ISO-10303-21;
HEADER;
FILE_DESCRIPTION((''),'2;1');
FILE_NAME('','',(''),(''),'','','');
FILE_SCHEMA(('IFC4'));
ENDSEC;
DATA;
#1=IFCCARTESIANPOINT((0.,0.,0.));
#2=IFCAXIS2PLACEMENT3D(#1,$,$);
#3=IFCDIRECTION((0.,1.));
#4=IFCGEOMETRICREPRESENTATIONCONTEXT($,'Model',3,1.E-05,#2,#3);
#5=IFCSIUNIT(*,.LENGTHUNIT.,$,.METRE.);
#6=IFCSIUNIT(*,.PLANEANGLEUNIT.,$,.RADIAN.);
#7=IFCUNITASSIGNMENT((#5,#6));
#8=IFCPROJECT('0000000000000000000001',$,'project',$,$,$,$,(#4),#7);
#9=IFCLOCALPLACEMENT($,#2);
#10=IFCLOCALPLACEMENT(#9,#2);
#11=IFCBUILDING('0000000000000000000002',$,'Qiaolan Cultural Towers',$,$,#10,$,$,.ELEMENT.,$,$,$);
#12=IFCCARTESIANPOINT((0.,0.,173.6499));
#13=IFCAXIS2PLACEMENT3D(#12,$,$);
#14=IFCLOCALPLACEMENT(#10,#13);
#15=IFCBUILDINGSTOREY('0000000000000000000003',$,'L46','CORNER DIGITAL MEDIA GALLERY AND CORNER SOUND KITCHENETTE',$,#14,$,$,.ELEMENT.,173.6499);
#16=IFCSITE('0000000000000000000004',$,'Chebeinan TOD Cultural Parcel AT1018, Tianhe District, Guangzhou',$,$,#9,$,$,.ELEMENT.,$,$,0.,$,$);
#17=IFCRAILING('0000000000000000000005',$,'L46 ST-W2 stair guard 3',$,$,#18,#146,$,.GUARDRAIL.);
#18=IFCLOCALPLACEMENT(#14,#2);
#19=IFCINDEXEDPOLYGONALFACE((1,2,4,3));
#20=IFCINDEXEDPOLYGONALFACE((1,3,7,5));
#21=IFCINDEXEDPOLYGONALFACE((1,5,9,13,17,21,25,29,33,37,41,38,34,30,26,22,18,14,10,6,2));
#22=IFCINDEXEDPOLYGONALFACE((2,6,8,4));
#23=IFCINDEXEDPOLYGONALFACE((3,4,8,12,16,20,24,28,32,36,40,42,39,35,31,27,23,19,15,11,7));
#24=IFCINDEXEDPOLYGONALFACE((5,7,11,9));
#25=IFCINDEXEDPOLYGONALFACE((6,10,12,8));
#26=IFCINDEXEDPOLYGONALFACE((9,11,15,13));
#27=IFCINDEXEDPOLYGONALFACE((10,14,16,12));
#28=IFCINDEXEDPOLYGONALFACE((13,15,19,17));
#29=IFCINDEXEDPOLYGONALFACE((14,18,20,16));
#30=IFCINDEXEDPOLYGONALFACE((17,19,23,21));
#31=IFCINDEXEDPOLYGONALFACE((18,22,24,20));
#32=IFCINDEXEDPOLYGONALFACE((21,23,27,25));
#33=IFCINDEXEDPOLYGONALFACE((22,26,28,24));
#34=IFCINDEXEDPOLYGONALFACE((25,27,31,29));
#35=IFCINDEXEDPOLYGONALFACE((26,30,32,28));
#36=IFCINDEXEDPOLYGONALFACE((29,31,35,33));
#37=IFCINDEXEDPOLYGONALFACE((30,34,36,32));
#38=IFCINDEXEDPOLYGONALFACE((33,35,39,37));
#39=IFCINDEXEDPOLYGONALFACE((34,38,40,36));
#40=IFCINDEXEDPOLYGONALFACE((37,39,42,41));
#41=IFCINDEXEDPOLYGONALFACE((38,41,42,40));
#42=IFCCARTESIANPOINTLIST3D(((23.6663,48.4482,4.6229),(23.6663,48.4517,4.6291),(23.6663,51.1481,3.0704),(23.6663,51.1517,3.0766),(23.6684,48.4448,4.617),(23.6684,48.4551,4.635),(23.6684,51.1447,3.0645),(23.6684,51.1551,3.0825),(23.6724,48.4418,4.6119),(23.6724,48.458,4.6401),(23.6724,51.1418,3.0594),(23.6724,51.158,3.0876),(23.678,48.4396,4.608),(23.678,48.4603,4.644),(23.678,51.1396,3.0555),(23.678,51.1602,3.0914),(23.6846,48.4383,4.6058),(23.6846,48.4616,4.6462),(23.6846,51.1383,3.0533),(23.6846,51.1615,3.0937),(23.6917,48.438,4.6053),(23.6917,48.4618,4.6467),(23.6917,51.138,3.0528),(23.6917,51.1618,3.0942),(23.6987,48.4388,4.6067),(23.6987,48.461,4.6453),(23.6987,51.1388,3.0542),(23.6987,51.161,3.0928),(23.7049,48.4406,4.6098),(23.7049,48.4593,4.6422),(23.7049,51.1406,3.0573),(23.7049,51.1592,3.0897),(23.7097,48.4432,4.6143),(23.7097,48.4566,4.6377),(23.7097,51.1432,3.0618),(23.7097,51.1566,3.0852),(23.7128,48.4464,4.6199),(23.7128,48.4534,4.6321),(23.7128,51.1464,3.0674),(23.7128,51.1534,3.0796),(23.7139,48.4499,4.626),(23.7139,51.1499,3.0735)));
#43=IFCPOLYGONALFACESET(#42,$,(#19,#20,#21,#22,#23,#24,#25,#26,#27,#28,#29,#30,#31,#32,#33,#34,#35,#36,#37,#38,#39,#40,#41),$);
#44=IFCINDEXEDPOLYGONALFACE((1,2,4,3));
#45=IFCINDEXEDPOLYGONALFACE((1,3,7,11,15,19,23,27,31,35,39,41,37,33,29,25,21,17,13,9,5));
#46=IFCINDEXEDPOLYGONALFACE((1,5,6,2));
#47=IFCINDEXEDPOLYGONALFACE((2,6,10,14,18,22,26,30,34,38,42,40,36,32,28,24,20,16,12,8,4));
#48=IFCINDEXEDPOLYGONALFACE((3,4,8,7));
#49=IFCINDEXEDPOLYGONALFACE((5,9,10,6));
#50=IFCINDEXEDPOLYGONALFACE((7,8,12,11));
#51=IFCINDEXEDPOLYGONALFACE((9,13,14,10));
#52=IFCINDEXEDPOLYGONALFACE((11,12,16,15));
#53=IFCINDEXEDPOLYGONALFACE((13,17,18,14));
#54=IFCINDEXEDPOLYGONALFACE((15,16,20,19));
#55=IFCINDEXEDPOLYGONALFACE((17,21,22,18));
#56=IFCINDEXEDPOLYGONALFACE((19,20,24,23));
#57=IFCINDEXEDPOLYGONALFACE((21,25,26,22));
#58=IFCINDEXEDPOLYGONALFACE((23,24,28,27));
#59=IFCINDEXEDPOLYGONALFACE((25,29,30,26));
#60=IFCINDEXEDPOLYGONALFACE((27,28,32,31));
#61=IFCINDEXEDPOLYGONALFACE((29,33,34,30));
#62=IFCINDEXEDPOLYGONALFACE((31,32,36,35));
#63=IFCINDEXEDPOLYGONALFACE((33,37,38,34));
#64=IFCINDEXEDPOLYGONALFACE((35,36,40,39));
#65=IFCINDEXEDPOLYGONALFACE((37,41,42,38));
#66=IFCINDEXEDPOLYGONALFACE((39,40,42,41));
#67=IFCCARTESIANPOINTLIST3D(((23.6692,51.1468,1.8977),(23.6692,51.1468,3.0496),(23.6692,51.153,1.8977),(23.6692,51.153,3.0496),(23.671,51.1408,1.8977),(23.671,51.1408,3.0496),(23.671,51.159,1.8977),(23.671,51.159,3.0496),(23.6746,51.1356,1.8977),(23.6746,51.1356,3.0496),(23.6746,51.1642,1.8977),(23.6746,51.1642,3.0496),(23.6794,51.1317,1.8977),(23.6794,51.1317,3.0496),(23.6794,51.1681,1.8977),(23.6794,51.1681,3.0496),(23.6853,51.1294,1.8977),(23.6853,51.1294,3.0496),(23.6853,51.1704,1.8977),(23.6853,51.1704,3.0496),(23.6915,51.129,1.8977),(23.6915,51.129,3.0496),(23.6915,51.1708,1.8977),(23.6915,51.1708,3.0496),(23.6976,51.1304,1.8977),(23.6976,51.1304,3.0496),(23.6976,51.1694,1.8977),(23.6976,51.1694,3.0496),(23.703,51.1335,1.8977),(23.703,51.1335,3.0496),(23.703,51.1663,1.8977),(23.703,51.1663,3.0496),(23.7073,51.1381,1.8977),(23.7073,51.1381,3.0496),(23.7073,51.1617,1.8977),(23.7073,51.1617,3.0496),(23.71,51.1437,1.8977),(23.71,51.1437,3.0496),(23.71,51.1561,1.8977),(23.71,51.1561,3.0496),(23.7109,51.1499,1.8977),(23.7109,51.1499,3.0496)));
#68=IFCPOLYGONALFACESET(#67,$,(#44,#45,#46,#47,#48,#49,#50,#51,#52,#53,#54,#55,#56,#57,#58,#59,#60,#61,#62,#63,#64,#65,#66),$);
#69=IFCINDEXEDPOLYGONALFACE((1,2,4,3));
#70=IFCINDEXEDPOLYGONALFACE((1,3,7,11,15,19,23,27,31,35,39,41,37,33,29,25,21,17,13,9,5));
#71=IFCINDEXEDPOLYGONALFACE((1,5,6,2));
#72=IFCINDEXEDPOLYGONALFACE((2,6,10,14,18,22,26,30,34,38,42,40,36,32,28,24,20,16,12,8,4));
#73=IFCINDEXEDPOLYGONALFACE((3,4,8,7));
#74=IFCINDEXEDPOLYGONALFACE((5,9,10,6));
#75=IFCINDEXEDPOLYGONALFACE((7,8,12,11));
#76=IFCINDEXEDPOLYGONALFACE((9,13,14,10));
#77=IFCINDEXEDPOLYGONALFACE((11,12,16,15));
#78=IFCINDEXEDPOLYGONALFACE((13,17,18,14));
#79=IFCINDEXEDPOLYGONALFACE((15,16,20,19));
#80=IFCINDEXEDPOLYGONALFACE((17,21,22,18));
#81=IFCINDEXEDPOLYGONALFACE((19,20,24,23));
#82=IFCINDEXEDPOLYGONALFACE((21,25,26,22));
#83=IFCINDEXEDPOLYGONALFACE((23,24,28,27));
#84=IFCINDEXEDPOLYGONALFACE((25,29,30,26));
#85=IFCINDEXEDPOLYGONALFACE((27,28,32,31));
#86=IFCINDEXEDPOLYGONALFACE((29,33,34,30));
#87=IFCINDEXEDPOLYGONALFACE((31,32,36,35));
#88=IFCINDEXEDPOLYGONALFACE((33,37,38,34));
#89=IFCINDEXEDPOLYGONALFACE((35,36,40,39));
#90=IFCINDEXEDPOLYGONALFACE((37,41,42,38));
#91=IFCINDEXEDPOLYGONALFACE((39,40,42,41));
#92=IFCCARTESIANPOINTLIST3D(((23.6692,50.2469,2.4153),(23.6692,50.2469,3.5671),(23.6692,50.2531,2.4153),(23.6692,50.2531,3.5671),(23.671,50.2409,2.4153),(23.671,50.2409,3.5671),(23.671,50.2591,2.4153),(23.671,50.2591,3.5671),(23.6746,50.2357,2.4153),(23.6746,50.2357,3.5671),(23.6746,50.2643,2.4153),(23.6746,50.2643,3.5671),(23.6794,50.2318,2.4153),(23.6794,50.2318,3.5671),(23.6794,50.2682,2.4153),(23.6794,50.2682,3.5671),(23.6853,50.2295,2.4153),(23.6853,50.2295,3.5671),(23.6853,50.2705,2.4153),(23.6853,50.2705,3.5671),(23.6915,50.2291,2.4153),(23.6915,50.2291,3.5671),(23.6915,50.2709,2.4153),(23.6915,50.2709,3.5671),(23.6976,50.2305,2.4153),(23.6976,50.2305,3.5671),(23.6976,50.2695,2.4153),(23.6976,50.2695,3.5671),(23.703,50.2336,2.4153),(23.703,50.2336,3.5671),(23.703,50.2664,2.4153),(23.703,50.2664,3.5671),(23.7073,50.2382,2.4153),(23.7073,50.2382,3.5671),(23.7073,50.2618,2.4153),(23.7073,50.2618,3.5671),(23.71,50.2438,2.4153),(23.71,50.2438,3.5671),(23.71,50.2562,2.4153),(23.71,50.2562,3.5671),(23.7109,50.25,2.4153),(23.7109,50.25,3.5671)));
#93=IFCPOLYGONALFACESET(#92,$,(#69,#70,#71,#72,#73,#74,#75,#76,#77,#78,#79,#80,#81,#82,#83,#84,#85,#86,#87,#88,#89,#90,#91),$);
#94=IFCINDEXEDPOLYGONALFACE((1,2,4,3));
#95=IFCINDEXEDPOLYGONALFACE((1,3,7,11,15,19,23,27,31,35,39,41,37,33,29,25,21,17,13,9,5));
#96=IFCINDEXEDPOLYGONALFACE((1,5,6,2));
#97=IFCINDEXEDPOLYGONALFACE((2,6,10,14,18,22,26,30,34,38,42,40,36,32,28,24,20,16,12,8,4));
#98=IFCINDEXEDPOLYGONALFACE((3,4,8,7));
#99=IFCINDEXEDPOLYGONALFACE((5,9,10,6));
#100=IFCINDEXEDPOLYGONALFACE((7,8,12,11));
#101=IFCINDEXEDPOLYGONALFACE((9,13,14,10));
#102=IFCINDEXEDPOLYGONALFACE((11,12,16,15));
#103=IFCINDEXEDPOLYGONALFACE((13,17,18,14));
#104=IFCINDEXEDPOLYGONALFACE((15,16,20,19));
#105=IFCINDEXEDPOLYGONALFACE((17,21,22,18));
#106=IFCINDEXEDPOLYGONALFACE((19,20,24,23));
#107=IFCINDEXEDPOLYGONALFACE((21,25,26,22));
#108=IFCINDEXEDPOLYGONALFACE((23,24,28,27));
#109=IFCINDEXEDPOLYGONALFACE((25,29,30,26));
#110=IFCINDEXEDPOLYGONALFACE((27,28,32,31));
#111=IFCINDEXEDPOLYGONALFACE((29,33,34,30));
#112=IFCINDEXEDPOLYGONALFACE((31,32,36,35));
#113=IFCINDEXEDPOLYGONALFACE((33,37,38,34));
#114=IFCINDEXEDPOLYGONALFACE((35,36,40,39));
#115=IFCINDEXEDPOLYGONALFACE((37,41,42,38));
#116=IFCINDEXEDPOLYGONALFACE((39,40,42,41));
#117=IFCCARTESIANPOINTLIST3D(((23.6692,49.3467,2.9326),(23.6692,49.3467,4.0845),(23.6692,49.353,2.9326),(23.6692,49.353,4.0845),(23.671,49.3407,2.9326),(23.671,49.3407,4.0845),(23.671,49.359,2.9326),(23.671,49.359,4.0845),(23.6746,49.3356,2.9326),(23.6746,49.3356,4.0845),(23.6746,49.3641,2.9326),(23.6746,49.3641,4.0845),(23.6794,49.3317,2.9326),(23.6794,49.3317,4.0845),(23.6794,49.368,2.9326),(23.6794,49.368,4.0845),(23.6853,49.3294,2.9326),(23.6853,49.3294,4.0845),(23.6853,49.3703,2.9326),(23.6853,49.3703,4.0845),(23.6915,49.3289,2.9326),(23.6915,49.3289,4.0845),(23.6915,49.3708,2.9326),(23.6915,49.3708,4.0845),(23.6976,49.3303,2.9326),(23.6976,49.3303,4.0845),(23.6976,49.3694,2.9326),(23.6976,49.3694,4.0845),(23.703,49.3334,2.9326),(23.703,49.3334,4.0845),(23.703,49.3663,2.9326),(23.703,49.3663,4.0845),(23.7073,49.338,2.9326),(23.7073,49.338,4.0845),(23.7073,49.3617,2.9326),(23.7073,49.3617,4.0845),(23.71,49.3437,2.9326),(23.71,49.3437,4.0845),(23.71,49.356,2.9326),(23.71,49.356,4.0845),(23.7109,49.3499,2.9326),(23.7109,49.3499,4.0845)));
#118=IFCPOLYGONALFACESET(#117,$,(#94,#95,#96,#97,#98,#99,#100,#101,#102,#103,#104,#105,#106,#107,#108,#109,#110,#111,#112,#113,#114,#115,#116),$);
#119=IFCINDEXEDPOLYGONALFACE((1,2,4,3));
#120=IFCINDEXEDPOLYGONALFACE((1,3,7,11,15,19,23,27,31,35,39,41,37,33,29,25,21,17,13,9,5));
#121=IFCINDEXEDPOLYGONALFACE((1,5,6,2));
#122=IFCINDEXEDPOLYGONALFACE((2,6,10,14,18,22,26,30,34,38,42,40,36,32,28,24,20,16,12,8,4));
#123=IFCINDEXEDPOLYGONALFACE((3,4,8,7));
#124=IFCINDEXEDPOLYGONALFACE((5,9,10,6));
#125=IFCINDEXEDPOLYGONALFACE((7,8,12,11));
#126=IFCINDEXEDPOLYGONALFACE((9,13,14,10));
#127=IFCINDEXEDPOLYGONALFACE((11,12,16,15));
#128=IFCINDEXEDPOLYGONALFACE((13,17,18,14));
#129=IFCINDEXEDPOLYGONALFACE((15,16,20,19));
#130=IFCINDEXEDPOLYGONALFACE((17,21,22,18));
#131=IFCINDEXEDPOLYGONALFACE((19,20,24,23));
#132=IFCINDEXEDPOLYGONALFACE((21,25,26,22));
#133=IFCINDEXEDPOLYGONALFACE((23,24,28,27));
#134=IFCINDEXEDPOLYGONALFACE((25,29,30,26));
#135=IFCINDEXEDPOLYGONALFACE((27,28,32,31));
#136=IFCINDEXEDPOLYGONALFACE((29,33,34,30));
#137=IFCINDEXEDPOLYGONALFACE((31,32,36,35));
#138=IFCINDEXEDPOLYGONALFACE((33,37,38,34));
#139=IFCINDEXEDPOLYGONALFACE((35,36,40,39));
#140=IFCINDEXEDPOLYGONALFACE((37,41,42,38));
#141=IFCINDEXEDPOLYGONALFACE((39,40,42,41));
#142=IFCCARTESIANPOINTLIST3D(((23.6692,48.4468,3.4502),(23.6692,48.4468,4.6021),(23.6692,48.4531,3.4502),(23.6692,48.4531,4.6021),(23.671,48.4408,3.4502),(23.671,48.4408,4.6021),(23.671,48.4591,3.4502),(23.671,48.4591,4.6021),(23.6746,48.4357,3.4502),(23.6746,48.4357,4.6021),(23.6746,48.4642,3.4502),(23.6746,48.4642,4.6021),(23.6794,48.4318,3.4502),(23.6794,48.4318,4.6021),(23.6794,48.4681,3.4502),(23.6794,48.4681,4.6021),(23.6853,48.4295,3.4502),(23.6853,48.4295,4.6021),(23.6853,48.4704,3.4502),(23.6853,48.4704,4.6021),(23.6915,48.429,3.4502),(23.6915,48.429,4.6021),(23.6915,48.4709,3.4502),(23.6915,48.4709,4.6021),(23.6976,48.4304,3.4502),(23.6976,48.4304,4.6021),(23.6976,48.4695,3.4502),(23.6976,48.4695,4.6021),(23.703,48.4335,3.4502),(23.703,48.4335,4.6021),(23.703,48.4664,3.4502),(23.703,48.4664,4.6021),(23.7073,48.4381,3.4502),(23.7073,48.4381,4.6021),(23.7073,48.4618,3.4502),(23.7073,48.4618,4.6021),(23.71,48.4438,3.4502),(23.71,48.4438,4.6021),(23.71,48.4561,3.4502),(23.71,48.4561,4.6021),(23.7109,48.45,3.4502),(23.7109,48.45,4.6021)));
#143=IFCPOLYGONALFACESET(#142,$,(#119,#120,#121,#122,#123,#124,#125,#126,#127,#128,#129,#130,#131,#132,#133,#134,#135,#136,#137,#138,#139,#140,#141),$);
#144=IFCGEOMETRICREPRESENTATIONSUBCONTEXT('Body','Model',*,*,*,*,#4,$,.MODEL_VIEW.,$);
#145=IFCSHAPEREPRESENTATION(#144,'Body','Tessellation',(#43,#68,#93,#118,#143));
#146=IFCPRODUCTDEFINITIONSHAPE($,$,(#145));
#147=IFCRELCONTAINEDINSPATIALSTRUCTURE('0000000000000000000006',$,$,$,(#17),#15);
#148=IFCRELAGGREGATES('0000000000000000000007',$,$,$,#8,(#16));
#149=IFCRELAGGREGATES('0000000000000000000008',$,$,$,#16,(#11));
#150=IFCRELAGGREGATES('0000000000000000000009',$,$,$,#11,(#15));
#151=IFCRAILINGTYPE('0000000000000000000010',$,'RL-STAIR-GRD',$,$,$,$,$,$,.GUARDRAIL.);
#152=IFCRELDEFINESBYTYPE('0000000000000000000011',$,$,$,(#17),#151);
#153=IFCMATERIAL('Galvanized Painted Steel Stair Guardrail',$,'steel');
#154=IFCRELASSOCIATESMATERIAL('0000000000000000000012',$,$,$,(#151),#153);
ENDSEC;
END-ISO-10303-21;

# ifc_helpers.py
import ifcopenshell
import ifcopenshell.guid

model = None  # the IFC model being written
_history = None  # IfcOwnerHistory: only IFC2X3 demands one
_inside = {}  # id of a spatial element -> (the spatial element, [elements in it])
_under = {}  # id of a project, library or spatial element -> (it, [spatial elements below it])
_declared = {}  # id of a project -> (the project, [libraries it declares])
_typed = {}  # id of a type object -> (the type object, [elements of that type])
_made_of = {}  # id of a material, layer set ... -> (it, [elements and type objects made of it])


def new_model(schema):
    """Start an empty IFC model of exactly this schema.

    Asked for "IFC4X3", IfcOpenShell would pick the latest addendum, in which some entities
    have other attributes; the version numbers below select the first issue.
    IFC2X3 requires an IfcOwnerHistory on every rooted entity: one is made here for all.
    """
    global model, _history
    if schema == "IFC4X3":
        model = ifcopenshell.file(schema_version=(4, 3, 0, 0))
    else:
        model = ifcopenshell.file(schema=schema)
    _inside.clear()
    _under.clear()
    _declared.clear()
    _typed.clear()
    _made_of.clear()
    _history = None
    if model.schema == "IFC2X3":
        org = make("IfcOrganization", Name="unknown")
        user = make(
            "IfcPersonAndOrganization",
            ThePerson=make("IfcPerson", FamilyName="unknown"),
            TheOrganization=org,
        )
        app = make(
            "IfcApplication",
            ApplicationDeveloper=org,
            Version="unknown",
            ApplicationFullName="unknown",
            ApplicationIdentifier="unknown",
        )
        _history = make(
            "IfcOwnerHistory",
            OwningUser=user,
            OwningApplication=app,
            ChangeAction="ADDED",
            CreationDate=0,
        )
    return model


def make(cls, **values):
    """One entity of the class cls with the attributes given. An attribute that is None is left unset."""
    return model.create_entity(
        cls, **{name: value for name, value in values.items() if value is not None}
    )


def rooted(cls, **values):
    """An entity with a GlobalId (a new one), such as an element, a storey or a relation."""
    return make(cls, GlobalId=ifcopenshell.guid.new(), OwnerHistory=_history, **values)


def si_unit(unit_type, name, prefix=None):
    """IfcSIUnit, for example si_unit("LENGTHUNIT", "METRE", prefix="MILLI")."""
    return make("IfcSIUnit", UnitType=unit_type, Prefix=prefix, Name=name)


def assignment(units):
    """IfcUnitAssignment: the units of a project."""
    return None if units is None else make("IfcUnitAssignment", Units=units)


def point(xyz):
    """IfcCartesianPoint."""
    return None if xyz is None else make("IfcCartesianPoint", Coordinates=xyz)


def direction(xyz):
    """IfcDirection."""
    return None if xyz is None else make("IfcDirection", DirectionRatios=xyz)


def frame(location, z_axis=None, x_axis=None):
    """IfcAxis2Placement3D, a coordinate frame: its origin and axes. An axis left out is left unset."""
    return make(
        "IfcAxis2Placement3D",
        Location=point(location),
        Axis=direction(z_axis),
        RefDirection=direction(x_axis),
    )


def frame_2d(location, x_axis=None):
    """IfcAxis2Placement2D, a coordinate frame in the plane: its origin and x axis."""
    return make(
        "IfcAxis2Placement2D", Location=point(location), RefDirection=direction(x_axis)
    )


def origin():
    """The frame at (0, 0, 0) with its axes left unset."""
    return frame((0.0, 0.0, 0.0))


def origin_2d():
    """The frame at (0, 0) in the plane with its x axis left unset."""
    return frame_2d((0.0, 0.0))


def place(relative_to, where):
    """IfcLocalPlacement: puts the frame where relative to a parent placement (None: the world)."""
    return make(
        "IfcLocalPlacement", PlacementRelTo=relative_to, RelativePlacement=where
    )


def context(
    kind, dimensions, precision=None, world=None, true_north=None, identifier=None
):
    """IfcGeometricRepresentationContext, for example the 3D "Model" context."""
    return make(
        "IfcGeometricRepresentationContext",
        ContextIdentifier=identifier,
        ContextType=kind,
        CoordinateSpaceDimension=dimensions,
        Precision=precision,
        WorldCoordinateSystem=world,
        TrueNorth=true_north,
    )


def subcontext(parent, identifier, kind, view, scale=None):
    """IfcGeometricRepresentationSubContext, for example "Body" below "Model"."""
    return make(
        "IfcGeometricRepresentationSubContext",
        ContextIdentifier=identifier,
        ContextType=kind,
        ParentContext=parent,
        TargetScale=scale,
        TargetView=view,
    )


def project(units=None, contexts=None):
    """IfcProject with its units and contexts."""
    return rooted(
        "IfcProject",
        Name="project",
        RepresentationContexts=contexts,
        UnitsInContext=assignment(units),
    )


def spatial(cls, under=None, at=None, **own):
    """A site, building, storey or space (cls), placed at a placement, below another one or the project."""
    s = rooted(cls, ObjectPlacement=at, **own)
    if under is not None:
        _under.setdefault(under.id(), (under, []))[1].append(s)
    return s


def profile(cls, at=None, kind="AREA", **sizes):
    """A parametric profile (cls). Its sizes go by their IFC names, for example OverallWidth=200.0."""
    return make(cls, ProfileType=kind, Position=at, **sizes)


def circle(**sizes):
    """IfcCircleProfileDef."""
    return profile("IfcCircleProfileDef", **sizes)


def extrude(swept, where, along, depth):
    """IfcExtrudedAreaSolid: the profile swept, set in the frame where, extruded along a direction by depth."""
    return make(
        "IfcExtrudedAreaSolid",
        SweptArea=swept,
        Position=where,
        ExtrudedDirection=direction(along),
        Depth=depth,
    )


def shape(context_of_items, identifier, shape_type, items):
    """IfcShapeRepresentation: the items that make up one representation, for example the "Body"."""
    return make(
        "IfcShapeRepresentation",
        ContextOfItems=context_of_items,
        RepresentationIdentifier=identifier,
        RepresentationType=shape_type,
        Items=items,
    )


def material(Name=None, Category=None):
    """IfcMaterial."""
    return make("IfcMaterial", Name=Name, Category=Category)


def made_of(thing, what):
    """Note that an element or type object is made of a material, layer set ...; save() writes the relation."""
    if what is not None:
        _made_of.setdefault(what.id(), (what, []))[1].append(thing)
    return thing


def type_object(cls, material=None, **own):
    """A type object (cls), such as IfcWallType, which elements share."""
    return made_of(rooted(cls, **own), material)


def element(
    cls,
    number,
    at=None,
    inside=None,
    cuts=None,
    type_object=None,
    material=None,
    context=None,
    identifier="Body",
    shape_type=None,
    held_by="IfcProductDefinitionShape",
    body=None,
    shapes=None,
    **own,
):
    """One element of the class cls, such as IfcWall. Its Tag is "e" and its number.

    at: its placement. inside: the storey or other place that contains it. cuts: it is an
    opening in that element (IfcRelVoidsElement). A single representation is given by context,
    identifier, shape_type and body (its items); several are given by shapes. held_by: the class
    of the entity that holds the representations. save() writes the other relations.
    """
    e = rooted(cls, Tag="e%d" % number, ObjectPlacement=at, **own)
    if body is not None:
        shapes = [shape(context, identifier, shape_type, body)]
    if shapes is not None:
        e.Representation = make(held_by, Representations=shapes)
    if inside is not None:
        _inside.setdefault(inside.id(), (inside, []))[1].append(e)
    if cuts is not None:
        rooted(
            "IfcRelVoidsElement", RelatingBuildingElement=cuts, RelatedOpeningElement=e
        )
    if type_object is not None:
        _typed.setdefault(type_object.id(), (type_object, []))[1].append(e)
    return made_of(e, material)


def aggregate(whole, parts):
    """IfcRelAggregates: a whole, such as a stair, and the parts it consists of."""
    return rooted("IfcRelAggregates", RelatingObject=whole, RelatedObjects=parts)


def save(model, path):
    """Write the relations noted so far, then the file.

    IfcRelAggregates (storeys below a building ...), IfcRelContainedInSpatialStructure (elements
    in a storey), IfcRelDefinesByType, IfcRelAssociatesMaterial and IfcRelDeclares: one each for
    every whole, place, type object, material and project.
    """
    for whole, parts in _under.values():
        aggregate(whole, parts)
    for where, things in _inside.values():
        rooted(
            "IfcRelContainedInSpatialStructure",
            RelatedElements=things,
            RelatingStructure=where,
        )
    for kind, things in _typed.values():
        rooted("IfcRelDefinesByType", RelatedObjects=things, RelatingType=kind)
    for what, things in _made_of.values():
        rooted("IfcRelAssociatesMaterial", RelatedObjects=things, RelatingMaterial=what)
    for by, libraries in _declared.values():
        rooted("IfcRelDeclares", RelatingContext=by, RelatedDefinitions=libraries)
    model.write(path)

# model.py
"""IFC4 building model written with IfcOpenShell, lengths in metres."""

from ifc_helpers import new_model, si_unit, direction, frame, origin, origin_2d, place, context, subcontext, project, spatial, circle, extrude, material, type_object, element, save


model = new_model("IFC4")

# Units and contexts
model_context = context("Model", 3, precision=1e-05, world=origin(), true_north=direction((0.0, 1.0)))
body_context = subcontext(model_context, "Body", "Model", "MODEL_VIEW")
ifc_project = project(units=[si_unit("LENGTHUNIT", "METRE"), si_unit("PLANEANGLEUNIT", "RADIAN")], contexts=[model_context])

# Site, building, storey
site_placement = place(None, origin())
site = spatial("IfcSite", under=ifc_project, at=site_placement, Name="Chebeinan TOD Cultural Parcel AT1018, Tianhe District, Guangzhou", CompositionType="ELEMENT", RefElevation=0.0)
building_placement = place(site_placement, origin())
building = spatial("IfcBuilding", under=site, at=building_placement, Name="Qiaolan Cultural Towers", CompositionType="ELEMENT")
storey_placement = place(building_placement, frame((0.0, 0.0, 173.6499)))
storey = spatial("IfcBuildingStorey", under=building, at=storey_placement, Name="L46", Description="CORNER DIGITAL MEDIA GALLERY AND CORNER SOUND KITCHENETTE", CompositionType="ELEMENT", Elevation=173.6499)

# Railing
ifc_material_1 = material(Name="Galvanized Painted Steel Stair Guardrail", Category="steel")
railing_type_1 = type_object("IfcRailingType", Name="RL-STAIR-GRD", PredefinedType="GUARDRAIL", material=ifc_material_1)
railing_1_placement = place(storey_placement, frame((23.6899, 51.1499, 1.8977)))
element("IfcRailing", 1, at=railing_1_placement, inside=storey, type_object=railing_type_1, Name="L46 ST-W2 stair guard 3", PredefinedType="GUARDRAIL", context=body_context, shape_type="SweptSolid", body=[
    extrude(circle(Radius=0.0239, at=origin_2d()), frame((0.0, 0.0, 1.1758), z_axis=(0.0, -0.866904, 0.498476), x_axis=(1.0, 0.0, 0.0)), (0.0, 0.0, 1.0), 3.1145),
    extrude(circle(Radius=0.021, at=origin_2d()), origin(), (0.0, 0.0, 1.0), 1.1519),
    extrude(circle(Radius=0.021, at=origin_2d()), frame((0.0, -0.8999, 0.5176)), (0.0, 0.0, 1.0), 1.1519),
    extrude(circle(Radius=0.021, at=origin_2d()), frame((0.0, -1.8, 1.0349)), (0.0, 0.0, 1.0), 1.1519),
    extrude(circle(Radius=0.021, at=origin_2d()), frame((0.0, -2.7, 1.5525)), (0.0, 0.0, 1.0), 1.1519),
])

save(model, "model.ifc")
